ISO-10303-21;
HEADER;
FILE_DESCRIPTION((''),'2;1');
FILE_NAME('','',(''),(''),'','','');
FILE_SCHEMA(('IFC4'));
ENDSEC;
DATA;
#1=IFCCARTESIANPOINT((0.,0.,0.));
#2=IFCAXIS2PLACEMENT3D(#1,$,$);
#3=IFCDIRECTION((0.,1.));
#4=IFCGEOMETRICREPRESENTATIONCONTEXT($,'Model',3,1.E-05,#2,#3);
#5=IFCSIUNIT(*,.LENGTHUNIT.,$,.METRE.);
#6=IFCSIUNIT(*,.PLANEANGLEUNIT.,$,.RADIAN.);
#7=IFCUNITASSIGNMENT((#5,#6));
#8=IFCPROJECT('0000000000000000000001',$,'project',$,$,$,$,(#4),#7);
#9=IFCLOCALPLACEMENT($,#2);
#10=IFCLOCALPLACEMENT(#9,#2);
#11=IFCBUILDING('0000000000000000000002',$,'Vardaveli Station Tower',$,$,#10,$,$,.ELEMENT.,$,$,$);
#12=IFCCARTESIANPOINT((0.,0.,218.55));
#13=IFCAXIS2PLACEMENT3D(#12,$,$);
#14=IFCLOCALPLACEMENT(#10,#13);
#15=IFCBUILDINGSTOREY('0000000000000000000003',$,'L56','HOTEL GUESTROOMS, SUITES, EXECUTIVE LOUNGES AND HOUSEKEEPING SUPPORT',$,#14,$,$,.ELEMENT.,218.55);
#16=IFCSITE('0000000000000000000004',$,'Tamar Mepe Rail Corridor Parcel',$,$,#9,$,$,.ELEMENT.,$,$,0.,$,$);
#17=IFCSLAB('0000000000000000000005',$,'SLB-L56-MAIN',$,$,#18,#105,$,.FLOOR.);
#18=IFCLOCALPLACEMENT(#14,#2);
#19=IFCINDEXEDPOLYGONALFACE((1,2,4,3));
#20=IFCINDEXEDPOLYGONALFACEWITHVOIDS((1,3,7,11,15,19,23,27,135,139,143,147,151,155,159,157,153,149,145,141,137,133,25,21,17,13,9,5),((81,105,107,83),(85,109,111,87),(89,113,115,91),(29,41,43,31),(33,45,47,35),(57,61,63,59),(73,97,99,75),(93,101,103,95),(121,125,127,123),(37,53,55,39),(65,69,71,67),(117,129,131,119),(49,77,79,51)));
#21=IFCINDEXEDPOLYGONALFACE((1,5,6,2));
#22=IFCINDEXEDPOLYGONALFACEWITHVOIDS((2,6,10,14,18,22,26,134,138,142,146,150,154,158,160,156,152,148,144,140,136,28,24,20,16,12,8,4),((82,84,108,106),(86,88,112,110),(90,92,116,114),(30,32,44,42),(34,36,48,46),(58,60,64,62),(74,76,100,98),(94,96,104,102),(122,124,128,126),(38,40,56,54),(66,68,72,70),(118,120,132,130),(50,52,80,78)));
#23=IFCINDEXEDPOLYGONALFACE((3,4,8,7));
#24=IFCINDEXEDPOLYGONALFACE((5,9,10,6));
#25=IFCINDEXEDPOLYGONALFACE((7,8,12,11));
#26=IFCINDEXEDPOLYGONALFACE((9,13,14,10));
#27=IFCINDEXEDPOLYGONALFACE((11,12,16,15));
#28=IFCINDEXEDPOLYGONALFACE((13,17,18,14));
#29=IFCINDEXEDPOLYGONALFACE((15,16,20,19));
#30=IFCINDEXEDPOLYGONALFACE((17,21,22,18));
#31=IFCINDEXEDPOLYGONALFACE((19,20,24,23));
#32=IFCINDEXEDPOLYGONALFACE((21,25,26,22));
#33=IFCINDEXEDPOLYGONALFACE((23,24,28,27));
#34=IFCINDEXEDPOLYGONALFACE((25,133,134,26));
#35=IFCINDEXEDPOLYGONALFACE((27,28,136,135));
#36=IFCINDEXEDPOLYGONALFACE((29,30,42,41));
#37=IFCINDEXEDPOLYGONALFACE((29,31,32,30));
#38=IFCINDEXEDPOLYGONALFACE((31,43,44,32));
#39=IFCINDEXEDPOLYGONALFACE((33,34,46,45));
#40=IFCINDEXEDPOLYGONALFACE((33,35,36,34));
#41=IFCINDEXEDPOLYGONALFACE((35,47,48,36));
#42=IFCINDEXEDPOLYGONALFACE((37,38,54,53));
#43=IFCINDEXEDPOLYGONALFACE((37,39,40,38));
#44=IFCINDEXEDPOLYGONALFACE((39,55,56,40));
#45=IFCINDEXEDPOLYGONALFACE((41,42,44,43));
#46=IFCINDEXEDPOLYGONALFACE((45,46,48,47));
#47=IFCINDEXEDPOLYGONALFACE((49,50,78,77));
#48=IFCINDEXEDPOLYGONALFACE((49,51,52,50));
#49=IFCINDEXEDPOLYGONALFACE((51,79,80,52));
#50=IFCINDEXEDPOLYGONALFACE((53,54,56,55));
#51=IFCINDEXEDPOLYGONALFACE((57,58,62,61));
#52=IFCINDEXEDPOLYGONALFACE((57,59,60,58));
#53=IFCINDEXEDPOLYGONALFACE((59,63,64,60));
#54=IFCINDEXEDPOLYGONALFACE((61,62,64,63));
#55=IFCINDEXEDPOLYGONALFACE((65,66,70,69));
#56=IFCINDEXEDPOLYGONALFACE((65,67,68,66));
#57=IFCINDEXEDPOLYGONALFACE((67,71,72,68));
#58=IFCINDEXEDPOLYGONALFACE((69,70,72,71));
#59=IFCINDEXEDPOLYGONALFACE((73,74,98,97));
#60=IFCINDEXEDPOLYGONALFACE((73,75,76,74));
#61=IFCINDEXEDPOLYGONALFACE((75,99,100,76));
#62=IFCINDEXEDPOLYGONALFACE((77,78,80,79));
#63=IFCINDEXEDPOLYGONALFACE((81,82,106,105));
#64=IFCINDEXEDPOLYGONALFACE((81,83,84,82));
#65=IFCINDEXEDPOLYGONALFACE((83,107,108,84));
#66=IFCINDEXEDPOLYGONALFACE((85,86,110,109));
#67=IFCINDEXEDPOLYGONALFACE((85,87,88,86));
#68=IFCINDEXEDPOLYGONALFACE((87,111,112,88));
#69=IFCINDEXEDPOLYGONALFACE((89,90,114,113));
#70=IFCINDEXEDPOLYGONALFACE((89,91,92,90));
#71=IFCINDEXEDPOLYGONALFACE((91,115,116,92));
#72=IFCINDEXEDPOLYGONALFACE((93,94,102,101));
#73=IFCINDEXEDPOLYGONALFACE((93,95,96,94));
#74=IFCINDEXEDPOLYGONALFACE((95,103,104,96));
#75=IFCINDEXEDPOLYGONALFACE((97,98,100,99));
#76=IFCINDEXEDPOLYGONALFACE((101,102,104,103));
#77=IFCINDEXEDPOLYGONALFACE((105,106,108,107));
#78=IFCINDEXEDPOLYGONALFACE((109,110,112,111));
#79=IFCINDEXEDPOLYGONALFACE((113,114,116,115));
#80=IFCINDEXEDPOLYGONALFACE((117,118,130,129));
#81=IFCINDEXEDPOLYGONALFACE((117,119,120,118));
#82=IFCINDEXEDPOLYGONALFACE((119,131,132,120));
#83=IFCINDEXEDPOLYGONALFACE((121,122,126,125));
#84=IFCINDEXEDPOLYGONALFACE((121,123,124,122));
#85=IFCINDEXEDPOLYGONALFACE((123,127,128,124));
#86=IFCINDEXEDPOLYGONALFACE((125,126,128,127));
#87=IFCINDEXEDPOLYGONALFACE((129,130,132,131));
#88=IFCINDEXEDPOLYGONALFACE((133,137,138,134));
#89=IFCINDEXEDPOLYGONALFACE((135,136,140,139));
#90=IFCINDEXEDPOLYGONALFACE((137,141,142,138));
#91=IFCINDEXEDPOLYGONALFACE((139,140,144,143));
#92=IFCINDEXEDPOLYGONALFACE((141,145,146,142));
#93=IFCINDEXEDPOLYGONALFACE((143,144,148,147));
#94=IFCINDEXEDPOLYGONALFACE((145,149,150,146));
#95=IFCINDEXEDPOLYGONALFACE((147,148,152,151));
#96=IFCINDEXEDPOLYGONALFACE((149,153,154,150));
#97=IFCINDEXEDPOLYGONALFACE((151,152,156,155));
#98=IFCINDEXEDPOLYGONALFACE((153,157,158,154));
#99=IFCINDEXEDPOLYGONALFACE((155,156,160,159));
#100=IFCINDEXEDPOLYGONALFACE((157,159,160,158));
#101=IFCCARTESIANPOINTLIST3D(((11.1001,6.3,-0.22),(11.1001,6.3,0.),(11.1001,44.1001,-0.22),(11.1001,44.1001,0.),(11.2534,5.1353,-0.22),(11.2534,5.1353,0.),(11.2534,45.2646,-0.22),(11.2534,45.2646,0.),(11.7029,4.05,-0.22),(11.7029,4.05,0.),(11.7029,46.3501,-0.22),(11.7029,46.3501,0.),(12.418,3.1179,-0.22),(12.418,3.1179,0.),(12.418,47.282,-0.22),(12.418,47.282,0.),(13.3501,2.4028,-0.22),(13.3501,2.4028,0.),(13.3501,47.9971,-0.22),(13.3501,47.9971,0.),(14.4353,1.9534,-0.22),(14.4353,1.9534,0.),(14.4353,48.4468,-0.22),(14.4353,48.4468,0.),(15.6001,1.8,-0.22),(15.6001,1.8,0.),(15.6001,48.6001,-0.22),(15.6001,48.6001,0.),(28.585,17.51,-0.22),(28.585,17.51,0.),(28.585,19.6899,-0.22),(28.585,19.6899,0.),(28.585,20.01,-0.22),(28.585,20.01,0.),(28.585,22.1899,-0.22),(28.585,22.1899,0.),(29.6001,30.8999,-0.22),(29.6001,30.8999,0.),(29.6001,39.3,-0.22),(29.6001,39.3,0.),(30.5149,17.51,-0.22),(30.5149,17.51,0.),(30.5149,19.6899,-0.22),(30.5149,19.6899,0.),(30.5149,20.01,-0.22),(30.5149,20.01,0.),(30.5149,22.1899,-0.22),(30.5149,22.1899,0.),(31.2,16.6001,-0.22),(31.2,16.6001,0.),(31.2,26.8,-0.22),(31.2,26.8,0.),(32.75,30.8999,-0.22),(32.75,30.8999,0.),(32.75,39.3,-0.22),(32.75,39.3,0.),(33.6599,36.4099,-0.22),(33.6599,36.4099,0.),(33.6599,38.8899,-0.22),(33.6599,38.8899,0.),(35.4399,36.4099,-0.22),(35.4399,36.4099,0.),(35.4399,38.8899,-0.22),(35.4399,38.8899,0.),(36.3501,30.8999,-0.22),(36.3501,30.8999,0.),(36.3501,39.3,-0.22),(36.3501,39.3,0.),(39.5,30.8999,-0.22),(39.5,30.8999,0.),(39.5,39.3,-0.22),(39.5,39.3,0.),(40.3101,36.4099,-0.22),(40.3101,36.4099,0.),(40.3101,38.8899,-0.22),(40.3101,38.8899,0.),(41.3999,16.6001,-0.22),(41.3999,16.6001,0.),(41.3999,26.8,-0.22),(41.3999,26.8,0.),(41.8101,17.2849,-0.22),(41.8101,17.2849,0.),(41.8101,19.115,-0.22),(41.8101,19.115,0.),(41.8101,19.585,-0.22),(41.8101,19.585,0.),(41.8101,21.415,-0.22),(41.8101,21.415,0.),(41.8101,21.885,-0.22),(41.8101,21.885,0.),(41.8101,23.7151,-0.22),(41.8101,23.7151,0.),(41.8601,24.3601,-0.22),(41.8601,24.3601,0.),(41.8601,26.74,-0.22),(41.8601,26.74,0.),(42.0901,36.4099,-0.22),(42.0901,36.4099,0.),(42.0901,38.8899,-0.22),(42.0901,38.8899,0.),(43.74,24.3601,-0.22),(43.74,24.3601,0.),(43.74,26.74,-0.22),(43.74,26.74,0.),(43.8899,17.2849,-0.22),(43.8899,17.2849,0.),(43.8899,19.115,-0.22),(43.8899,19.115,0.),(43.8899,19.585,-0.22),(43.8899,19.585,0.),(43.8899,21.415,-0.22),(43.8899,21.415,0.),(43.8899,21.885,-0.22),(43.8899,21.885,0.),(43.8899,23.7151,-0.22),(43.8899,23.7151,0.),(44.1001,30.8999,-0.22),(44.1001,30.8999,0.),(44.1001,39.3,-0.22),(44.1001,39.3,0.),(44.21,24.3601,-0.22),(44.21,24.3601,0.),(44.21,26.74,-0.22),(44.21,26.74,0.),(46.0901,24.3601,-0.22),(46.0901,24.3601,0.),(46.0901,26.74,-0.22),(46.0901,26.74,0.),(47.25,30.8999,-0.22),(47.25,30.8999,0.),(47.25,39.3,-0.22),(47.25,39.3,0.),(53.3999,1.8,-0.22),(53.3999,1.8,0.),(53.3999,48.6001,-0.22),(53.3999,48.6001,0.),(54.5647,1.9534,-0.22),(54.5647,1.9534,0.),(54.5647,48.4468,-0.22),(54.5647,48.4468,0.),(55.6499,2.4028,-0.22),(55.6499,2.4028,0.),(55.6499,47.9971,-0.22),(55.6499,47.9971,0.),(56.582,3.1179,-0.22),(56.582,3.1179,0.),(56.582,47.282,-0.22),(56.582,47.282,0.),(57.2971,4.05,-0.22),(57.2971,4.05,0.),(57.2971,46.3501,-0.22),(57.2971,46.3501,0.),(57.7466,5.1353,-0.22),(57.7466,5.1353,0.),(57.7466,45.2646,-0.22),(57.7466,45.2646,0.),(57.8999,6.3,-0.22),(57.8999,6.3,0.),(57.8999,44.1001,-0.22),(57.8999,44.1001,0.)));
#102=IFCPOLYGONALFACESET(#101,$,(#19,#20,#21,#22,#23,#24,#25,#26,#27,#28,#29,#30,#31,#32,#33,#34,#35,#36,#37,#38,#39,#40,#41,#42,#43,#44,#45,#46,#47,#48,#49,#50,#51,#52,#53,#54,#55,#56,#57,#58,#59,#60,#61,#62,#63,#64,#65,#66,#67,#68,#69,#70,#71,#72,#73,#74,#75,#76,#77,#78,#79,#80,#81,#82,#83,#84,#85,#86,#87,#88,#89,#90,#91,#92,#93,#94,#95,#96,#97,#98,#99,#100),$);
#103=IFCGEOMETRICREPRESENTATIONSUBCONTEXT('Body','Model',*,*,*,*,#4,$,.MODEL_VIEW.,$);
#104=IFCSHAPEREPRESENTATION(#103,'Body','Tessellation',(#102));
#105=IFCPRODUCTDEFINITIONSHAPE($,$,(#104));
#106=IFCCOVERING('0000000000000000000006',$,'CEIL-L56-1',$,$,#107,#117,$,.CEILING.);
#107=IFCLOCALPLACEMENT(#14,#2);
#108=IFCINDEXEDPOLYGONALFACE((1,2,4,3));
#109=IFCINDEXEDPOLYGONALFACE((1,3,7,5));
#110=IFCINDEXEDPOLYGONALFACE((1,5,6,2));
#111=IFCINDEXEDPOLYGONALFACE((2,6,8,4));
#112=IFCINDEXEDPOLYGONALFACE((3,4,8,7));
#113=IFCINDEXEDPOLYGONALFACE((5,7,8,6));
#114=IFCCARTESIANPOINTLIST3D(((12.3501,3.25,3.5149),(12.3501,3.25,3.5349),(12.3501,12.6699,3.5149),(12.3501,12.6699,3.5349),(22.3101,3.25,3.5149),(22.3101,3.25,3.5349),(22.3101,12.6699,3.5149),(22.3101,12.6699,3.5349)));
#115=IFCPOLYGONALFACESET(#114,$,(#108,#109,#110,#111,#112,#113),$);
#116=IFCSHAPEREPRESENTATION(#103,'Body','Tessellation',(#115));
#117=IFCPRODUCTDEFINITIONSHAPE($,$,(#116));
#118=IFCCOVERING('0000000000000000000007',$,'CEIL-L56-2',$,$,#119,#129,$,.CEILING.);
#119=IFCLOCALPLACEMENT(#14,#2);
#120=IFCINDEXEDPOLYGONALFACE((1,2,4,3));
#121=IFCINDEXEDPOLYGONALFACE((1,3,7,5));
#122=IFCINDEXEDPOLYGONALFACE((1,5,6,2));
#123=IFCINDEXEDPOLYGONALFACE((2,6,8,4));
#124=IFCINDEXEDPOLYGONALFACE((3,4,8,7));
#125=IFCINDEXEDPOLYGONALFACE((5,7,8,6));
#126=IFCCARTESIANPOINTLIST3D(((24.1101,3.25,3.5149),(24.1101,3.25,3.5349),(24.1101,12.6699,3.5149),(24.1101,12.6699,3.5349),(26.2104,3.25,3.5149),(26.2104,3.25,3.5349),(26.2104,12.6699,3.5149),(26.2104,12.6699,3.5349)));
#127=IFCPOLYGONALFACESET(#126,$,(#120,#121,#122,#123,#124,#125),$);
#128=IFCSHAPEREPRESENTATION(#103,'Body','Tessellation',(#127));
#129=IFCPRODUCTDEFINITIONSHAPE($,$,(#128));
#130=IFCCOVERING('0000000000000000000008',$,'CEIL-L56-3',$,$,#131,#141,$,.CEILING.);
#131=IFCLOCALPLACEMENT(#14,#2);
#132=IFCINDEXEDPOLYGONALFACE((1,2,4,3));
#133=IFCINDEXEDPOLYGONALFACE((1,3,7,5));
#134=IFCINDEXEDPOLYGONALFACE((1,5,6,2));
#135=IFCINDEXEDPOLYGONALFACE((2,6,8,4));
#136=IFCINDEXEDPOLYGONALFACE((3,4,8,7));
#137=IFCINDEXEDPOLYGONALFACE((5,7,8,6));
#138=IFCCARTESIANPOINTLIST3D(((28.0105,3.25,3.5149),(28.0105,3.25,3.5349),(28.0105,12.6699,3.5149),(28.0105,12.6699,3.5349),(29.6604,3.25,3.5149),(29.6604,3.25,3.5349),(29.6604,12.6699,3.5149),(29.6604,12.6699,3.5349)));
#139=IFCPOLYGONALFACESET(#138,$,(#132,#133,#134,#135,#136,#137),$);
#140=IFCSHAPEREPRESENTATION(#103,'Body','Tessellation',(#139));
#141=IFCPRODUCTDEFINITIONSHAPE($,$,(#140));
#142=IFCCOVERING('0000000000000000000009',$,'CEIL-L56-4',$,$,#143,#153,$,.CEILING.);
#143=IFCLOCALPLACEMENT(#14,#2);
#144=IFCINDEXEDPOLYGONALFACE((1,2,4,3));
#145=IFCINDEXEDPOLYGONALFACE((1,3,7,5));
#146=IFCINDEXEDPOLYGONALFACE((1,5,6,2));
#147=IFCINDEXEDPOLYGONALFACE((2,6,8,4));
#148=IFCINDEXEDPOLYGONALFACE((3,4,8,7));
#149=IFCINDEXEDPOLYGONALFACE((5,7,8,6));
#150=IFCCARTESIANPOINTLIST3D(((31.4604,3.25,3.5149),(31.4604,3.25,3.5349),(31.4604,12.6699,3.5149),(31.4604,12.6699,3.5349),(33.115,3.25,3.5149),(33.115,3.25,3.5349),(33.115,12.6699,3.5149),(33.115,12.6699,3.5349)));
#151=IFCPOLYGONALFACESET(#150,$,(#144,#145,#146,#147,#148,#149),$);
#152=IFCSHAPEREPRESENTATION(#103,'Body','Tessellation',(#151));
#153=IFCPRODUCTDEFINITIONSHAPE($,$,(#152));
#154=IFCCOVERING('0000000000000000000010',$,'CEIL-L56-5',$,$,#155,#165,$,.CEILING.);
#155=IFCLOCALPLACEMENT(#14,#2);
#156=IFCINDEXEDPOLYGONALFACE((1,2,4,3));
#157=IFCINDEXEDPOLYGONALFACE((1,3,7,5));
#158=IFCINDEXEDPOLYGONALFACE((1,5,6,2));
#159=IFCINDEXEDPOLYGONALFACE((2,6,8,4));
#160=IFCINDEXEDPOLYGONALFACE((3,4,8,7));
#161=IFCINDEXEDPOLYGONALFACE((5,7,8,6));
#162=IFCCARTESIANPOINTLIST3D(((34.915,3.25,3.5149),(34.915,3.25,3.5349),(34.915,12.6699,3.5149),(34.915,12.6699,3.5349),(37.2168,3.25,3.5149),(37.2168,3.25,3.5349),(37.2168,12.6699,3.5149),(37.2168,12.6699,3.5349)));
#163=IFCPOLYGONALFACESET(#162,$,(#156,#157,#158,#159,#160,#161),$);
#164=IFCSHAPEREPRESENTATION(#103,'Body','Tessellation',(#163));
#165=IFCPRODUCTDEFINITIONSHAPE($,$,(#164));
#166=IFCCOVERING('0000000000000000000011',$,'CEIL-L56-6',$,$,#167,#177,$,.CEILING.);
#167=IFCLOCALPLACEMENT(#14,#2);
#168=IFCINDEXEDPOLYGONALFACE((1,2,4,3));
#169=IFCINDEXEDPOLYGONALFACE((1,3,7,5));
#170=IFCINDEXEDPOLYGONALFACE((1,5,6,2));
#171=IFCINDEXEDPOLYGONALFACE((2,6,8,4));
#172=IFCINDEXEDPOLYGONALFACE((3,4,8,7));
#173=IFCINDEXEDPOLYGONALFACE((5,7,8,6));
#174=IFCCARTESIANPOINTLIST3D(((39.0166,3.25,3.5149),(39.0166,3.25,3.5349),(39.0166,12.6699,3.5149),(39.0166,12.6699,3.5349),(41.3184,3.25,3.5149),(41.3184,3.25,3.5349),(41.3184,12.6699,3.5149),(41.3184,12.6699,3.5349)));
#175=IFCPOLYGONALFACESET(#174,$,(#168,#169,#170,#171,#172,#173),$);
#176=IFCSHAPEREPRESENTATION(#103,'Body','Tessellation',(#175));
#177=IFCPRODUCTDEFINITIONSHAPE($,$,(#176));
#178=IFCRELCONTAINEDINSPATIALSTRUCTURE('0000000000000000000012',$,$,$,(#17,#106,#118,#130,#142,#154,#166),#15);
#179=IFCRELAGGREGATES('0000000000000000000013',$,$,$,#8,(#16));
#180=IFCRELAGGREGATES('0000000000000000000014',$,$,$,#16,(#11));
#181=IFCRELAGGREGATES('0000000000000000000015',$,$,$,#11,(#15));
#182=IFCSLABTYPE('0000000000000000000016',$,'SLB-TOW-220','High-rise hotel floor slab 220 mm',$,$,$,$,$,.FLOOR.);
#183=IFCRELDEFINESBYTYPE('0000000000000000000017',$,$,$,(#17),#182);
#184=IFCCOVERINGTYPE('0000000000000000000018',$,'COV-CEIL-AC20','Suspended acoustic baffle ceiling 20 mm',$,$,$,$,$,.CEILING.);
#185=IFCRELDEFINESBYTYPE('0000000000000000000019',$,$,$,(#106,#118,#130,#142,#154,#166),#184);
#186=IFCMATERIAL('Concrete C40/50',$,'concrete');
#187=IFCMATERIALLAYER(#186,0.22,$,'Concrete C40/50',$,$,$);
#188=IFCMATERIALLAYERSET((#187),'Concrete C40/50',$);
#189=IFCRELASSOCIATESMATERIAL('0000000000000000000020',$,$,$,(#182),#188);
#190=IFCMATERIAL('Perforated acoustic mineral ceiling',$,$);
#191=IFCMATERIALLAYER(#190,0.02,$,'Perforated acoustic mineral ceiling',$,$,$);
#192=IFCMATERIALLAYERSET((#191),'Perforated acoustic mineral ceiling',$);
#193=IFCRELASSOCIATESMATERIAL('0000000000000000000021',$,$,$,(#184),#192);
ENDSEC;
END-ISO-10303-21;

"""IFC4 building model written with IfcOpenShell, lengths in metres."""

from ifc_helpers import new_model, si_unit, direction, frame, origin, place, context, subcontext, project, spatial, polyline, outline, extrude, material, layer, layer_set, type_object, element, save


model = new_model("IFC4")

# Units and contexts
model_context = context("Model", 3, precision=1e-05, world=origin(), true_north=direction((0.0, 1.0)))
body_context = subcontext(model_context, "Body", "Model", "MODEL_VIEW")
ifc_project = project(units=[si_unit("LENGTHUNIT", "METRE"), si_unit("PLANEANGLEUNIT", "RADIAN")], contexts=[model_context])

# Site, building, storey
site_placement = place(None, origin())
site = spatial("IfcSite", under=ifc_project, at=site_placement, Name="Tamar Mepe Rail Corridor Parcel", CompositionType="ELEMENT", RefElevation=0.0)
building_placement = place(site_placement, origin())
building = spatial("IfcBuilding", under=site, at=building_placement, Name="Vardaveli Station Tower", CompositionType="ELEMENT")
storey_placement = place(building_placement, frame((0.0, 0.0, 218.55)))
storey = spatial("IfcBuildingStorey", under=building, at=storey_placement, Name="L56", Description="HOTEL GUESTROOMS, SUITES, EXECUTIVE LOUNGES AND HOUSEKEEPING SUPPORT", CompositionType="ELEMENT", Elevation=218.55)

# Shared definitions
ifc_material_1 = material(Name="Concrete C40/50", Category="concrete")

# Slab
ifc_layer_1 = layer(ifc_material_1, 0.22, Name="Concrete C40/50")
ifc_layer_set_1 = layer_set([ifc_layer_1], Name="Concrete C40/50")
slab_type_1 = type_object("IfcSlabType", Name="SLB-TOW-220", Description="High-rise hotel floor slab 220 mm", PredefinedType="FLOOR", material=ifc_layer_set_1)
slab_1_placement = place(storey_placement, frame((0.0, 0.0, -0.22)))
element("IfcSlab", 1, at=slab_1_placement, inside=storey, type_object=slab_type_1, Name="SLB-L56-MAIN", PredefinedType="FLOOR", context=body_context, shape_type="SweptSolid", body=[
    extrude(outline(polyline([(11.1001, 6.3), (11.2534, 5.1353), (11.7029, 4.05), (12.418, 3.1179), (13.3501, 2.4028), (14.4353, 1.9534), (15.6001, 1.8), (53.3999, 1.8), (54.5647, 1.9534), (55.6499, 2.4028), (56.582, 3.1179), (57.2971, 4.05), (57.7466, 5.1353), (57.8999, 6.3), (57.8999, 44.1001), (57.7466, 45.2646), (57.2971, 46.3501), (56.582, 47.282), (55.6499, 47.9971), (54.5647, 48.4468), (53.3999, 48.6001), (15.6001, 48.6001), (14.4353, 48.4468), (13.3501, 47.9971), (12.418, 47.282), (11.7029, 46.3501), (11.2534, 45.2646), (11.1001, 44.1001), (11.1001, 6.3)]), holes=[polyline([(31.2, 16.6001), (41.3999, 16.6001), (41.3999, 26.8), (31.2, 26.8), (31.2, 16.6001)]), polyline([(32.75, 30.8999), (32.75, 39.3), (29.6001, 39.3), (29.6001, 30.8999), (32.75, 30.8999)]), polyline([(39.5, 30.8999), (39.5, 39.3), (36.3501, 39.3), (36.3501, 30.8999), (39.5, 30.8999)]), polyline([(47.25, 30.8999), (47.25, 39.3), (44.1001, 39.3), (44.1001, 30.8999), (47.25, 30.8999)]), polyline([(33.6599, 36.4099), (35.4399, 36.4099), (35.4399, 38.8899), (33.6599, 38.8899), (33.6599, 36.4099)]), polyline([(40.3101, 36.4099), (42.0901, 36.4099), (42.0901, 38.8899), (40.3101, 38.8899), (40.3101, 36.4099)]), polyline([(41.8101, 21.885), (43.8899, 21.885), (43.8899, 23.7151), (41.8101, 23.7151), (41.8101, 21.885)]), polyline([(41.8101, 19.585), (43.8899, 19.585), (43.8899, 21.415), (41.8101, 21.415), (41.8101, 19.585)]), polyline([(41.8101, 17.2849), (43.8899, 17.2849), (43.8899, 19.115), (41.8101, 19.115), (41.8101, 17.2849)]), polyline([(28.585, 17.51), (30.5149, 17.51), (30.5149, 19.6899), (28.585, 19.6899), (28.585, 17.51)]), polyline([(28.585, 20.01), (30.5149, 20.01), (30.5149, 22.1899), (28.585, 22.1899), (28.585, 20.01)]), polyline([(41.8601, 24.3601), (43.74, 24.3601), (43.74, 26.74), (41.8601, 26.74), (41.8601, 24.3601)]), polyline([(44.21, 24.3601), (46.0901, 24.3601), (46.0901, 26.74), (44.21, 26.74), (44.21, 24.3601)])]), origin(), (0.0, 0.0, 1.0), 0.22),
])

# Coverings
ifc_material_2 = material(Name="Perforated acoustic mineral ceiling")
ifc_layer_2 = layer(ifc_material_2, 0.02, Name="Perforated acoustic mineral ceiling")
ifc_layer_set_2 = layer_set([ifc_layer_2], Name="Perforated acoustic mineral ceiling")
covering_type_1 = type_object("IfcCoveringType", Name="COV-CEIL-AC20", Description="Suspended acoustic baffle ceiling 20 mm", PredefinedType="CEILING", material=ifc_layer_set_2)
covering_1_placement = place(storey_placement, frame((0.0, 0.0, 3.5149)))
element("IfcCovering", 2, at=covering_1_placement, inside=storey, type_object=covering_type_1, Name="CEIL-L56-1", PredefinedType="CEILING", context=body_context, shape_type="SweptSolid", body=[
    extrude(outline(polyline([(12.3501, 3.25), (22.3101, 3.25), (22.3101, 12.6699), (12.3501, 12.6699), (12.3501, 3.25)])), origin(), (0.0, 0.0, 1.0), 0.02),
])
covering_2_placement = place(storey_placement, frame((0.0, 0.0, 3.5149)))
element("IfcCovering", 3, at=covering_2_placement, inside=storey, type_object=covering_type_1, Name="CEIL-L56-2", PredefinedType="CEILING", context=body_context, shape_type="SweptSolid", body=[
    extrude(outline(polyline([(24.1101, 3.25), (26.2104, 3.25), (26.2104, 12.6699), (24.1101, 12.6699), (24.1101, 3.25)])), origin(), (0.0, 0.0, 1.0), 0.02),
])
covering_3_placement = place(storey_placement, frame((0.0, 0.0, 3.5149)))
element("IfcCovering", 4, at=covering_3_placement, inside=storey, type_object=covering_type_1, Name="CEIL-L56-3", PredefinedType="CEILING", context=body_context, shape_type="SweptSolid", body=[
    extrude(outline(polyline([(28.0105, 3.25), (29.6604, 3.25), (29.6604, 12.6699), (28.0105, 12.6699), (28.0105, 3.25)])), origin(), (0.0, 0.0, 1.0), 0.02),
])
covering_4_placement = place(storey_placement, frame((0.0, 0.0, 3.5149)))
element("IfcCovering", 5, at=covering_4_placement, inside=storey, type_object=covering_type_1, Name="CEIL-L56-4", PredefinedType="CEILING", context=body_context, shape_type="SweptSolid", body=[
    extrude(outline(polyline([(31.4604, 3.25), (33.115, 3.25), (33.115, 12.6699), (31.4604, 12.6699), (31.4604, 3.25)])), origin(), (0.0, 0.0, 1.0), 0.02),
])
covering_5_placement = place(storey_placement, frame((0.0, 0.0, 3.5149)))
element("IfcCovering", 6, at=covering_5_placement, inside=storey, type_object=covering_type_1, Name="CEIL-L56-5", PredefinedType="CEILING", context=body_context, shape_type="SweptSolid", body=[
    extrude(outline(polyline([(34.915, 3.25), (37.2168, 3.25), (37.2168, 12.6699), (34.915, 12.6699), (34.915, 3.25)])), origin(), (0.0, 0.0, 1.0), 0.02),
])
covering_6_placement = place(storey_placement, frame((0.0, 0.0, 3.5149)))
element("IfcCovering", 7, at=covering_6_placement, inside=storey, type_object=covering_type_1, Name="CEIL-L56-6", PredefinedType="CEILING", context=body_context, shape_type="SweptSolid", body=[
    extrude(outline(polyline([(39.0166, 3.25), (41.3184, 3.25), (41.3184, 12.6699), (39.0166, 12.6699), (39.0166, 3.25)])), origin(), (0.0, 0.0, 1.0), 0.02),
])

save(model, "model.ifc")
